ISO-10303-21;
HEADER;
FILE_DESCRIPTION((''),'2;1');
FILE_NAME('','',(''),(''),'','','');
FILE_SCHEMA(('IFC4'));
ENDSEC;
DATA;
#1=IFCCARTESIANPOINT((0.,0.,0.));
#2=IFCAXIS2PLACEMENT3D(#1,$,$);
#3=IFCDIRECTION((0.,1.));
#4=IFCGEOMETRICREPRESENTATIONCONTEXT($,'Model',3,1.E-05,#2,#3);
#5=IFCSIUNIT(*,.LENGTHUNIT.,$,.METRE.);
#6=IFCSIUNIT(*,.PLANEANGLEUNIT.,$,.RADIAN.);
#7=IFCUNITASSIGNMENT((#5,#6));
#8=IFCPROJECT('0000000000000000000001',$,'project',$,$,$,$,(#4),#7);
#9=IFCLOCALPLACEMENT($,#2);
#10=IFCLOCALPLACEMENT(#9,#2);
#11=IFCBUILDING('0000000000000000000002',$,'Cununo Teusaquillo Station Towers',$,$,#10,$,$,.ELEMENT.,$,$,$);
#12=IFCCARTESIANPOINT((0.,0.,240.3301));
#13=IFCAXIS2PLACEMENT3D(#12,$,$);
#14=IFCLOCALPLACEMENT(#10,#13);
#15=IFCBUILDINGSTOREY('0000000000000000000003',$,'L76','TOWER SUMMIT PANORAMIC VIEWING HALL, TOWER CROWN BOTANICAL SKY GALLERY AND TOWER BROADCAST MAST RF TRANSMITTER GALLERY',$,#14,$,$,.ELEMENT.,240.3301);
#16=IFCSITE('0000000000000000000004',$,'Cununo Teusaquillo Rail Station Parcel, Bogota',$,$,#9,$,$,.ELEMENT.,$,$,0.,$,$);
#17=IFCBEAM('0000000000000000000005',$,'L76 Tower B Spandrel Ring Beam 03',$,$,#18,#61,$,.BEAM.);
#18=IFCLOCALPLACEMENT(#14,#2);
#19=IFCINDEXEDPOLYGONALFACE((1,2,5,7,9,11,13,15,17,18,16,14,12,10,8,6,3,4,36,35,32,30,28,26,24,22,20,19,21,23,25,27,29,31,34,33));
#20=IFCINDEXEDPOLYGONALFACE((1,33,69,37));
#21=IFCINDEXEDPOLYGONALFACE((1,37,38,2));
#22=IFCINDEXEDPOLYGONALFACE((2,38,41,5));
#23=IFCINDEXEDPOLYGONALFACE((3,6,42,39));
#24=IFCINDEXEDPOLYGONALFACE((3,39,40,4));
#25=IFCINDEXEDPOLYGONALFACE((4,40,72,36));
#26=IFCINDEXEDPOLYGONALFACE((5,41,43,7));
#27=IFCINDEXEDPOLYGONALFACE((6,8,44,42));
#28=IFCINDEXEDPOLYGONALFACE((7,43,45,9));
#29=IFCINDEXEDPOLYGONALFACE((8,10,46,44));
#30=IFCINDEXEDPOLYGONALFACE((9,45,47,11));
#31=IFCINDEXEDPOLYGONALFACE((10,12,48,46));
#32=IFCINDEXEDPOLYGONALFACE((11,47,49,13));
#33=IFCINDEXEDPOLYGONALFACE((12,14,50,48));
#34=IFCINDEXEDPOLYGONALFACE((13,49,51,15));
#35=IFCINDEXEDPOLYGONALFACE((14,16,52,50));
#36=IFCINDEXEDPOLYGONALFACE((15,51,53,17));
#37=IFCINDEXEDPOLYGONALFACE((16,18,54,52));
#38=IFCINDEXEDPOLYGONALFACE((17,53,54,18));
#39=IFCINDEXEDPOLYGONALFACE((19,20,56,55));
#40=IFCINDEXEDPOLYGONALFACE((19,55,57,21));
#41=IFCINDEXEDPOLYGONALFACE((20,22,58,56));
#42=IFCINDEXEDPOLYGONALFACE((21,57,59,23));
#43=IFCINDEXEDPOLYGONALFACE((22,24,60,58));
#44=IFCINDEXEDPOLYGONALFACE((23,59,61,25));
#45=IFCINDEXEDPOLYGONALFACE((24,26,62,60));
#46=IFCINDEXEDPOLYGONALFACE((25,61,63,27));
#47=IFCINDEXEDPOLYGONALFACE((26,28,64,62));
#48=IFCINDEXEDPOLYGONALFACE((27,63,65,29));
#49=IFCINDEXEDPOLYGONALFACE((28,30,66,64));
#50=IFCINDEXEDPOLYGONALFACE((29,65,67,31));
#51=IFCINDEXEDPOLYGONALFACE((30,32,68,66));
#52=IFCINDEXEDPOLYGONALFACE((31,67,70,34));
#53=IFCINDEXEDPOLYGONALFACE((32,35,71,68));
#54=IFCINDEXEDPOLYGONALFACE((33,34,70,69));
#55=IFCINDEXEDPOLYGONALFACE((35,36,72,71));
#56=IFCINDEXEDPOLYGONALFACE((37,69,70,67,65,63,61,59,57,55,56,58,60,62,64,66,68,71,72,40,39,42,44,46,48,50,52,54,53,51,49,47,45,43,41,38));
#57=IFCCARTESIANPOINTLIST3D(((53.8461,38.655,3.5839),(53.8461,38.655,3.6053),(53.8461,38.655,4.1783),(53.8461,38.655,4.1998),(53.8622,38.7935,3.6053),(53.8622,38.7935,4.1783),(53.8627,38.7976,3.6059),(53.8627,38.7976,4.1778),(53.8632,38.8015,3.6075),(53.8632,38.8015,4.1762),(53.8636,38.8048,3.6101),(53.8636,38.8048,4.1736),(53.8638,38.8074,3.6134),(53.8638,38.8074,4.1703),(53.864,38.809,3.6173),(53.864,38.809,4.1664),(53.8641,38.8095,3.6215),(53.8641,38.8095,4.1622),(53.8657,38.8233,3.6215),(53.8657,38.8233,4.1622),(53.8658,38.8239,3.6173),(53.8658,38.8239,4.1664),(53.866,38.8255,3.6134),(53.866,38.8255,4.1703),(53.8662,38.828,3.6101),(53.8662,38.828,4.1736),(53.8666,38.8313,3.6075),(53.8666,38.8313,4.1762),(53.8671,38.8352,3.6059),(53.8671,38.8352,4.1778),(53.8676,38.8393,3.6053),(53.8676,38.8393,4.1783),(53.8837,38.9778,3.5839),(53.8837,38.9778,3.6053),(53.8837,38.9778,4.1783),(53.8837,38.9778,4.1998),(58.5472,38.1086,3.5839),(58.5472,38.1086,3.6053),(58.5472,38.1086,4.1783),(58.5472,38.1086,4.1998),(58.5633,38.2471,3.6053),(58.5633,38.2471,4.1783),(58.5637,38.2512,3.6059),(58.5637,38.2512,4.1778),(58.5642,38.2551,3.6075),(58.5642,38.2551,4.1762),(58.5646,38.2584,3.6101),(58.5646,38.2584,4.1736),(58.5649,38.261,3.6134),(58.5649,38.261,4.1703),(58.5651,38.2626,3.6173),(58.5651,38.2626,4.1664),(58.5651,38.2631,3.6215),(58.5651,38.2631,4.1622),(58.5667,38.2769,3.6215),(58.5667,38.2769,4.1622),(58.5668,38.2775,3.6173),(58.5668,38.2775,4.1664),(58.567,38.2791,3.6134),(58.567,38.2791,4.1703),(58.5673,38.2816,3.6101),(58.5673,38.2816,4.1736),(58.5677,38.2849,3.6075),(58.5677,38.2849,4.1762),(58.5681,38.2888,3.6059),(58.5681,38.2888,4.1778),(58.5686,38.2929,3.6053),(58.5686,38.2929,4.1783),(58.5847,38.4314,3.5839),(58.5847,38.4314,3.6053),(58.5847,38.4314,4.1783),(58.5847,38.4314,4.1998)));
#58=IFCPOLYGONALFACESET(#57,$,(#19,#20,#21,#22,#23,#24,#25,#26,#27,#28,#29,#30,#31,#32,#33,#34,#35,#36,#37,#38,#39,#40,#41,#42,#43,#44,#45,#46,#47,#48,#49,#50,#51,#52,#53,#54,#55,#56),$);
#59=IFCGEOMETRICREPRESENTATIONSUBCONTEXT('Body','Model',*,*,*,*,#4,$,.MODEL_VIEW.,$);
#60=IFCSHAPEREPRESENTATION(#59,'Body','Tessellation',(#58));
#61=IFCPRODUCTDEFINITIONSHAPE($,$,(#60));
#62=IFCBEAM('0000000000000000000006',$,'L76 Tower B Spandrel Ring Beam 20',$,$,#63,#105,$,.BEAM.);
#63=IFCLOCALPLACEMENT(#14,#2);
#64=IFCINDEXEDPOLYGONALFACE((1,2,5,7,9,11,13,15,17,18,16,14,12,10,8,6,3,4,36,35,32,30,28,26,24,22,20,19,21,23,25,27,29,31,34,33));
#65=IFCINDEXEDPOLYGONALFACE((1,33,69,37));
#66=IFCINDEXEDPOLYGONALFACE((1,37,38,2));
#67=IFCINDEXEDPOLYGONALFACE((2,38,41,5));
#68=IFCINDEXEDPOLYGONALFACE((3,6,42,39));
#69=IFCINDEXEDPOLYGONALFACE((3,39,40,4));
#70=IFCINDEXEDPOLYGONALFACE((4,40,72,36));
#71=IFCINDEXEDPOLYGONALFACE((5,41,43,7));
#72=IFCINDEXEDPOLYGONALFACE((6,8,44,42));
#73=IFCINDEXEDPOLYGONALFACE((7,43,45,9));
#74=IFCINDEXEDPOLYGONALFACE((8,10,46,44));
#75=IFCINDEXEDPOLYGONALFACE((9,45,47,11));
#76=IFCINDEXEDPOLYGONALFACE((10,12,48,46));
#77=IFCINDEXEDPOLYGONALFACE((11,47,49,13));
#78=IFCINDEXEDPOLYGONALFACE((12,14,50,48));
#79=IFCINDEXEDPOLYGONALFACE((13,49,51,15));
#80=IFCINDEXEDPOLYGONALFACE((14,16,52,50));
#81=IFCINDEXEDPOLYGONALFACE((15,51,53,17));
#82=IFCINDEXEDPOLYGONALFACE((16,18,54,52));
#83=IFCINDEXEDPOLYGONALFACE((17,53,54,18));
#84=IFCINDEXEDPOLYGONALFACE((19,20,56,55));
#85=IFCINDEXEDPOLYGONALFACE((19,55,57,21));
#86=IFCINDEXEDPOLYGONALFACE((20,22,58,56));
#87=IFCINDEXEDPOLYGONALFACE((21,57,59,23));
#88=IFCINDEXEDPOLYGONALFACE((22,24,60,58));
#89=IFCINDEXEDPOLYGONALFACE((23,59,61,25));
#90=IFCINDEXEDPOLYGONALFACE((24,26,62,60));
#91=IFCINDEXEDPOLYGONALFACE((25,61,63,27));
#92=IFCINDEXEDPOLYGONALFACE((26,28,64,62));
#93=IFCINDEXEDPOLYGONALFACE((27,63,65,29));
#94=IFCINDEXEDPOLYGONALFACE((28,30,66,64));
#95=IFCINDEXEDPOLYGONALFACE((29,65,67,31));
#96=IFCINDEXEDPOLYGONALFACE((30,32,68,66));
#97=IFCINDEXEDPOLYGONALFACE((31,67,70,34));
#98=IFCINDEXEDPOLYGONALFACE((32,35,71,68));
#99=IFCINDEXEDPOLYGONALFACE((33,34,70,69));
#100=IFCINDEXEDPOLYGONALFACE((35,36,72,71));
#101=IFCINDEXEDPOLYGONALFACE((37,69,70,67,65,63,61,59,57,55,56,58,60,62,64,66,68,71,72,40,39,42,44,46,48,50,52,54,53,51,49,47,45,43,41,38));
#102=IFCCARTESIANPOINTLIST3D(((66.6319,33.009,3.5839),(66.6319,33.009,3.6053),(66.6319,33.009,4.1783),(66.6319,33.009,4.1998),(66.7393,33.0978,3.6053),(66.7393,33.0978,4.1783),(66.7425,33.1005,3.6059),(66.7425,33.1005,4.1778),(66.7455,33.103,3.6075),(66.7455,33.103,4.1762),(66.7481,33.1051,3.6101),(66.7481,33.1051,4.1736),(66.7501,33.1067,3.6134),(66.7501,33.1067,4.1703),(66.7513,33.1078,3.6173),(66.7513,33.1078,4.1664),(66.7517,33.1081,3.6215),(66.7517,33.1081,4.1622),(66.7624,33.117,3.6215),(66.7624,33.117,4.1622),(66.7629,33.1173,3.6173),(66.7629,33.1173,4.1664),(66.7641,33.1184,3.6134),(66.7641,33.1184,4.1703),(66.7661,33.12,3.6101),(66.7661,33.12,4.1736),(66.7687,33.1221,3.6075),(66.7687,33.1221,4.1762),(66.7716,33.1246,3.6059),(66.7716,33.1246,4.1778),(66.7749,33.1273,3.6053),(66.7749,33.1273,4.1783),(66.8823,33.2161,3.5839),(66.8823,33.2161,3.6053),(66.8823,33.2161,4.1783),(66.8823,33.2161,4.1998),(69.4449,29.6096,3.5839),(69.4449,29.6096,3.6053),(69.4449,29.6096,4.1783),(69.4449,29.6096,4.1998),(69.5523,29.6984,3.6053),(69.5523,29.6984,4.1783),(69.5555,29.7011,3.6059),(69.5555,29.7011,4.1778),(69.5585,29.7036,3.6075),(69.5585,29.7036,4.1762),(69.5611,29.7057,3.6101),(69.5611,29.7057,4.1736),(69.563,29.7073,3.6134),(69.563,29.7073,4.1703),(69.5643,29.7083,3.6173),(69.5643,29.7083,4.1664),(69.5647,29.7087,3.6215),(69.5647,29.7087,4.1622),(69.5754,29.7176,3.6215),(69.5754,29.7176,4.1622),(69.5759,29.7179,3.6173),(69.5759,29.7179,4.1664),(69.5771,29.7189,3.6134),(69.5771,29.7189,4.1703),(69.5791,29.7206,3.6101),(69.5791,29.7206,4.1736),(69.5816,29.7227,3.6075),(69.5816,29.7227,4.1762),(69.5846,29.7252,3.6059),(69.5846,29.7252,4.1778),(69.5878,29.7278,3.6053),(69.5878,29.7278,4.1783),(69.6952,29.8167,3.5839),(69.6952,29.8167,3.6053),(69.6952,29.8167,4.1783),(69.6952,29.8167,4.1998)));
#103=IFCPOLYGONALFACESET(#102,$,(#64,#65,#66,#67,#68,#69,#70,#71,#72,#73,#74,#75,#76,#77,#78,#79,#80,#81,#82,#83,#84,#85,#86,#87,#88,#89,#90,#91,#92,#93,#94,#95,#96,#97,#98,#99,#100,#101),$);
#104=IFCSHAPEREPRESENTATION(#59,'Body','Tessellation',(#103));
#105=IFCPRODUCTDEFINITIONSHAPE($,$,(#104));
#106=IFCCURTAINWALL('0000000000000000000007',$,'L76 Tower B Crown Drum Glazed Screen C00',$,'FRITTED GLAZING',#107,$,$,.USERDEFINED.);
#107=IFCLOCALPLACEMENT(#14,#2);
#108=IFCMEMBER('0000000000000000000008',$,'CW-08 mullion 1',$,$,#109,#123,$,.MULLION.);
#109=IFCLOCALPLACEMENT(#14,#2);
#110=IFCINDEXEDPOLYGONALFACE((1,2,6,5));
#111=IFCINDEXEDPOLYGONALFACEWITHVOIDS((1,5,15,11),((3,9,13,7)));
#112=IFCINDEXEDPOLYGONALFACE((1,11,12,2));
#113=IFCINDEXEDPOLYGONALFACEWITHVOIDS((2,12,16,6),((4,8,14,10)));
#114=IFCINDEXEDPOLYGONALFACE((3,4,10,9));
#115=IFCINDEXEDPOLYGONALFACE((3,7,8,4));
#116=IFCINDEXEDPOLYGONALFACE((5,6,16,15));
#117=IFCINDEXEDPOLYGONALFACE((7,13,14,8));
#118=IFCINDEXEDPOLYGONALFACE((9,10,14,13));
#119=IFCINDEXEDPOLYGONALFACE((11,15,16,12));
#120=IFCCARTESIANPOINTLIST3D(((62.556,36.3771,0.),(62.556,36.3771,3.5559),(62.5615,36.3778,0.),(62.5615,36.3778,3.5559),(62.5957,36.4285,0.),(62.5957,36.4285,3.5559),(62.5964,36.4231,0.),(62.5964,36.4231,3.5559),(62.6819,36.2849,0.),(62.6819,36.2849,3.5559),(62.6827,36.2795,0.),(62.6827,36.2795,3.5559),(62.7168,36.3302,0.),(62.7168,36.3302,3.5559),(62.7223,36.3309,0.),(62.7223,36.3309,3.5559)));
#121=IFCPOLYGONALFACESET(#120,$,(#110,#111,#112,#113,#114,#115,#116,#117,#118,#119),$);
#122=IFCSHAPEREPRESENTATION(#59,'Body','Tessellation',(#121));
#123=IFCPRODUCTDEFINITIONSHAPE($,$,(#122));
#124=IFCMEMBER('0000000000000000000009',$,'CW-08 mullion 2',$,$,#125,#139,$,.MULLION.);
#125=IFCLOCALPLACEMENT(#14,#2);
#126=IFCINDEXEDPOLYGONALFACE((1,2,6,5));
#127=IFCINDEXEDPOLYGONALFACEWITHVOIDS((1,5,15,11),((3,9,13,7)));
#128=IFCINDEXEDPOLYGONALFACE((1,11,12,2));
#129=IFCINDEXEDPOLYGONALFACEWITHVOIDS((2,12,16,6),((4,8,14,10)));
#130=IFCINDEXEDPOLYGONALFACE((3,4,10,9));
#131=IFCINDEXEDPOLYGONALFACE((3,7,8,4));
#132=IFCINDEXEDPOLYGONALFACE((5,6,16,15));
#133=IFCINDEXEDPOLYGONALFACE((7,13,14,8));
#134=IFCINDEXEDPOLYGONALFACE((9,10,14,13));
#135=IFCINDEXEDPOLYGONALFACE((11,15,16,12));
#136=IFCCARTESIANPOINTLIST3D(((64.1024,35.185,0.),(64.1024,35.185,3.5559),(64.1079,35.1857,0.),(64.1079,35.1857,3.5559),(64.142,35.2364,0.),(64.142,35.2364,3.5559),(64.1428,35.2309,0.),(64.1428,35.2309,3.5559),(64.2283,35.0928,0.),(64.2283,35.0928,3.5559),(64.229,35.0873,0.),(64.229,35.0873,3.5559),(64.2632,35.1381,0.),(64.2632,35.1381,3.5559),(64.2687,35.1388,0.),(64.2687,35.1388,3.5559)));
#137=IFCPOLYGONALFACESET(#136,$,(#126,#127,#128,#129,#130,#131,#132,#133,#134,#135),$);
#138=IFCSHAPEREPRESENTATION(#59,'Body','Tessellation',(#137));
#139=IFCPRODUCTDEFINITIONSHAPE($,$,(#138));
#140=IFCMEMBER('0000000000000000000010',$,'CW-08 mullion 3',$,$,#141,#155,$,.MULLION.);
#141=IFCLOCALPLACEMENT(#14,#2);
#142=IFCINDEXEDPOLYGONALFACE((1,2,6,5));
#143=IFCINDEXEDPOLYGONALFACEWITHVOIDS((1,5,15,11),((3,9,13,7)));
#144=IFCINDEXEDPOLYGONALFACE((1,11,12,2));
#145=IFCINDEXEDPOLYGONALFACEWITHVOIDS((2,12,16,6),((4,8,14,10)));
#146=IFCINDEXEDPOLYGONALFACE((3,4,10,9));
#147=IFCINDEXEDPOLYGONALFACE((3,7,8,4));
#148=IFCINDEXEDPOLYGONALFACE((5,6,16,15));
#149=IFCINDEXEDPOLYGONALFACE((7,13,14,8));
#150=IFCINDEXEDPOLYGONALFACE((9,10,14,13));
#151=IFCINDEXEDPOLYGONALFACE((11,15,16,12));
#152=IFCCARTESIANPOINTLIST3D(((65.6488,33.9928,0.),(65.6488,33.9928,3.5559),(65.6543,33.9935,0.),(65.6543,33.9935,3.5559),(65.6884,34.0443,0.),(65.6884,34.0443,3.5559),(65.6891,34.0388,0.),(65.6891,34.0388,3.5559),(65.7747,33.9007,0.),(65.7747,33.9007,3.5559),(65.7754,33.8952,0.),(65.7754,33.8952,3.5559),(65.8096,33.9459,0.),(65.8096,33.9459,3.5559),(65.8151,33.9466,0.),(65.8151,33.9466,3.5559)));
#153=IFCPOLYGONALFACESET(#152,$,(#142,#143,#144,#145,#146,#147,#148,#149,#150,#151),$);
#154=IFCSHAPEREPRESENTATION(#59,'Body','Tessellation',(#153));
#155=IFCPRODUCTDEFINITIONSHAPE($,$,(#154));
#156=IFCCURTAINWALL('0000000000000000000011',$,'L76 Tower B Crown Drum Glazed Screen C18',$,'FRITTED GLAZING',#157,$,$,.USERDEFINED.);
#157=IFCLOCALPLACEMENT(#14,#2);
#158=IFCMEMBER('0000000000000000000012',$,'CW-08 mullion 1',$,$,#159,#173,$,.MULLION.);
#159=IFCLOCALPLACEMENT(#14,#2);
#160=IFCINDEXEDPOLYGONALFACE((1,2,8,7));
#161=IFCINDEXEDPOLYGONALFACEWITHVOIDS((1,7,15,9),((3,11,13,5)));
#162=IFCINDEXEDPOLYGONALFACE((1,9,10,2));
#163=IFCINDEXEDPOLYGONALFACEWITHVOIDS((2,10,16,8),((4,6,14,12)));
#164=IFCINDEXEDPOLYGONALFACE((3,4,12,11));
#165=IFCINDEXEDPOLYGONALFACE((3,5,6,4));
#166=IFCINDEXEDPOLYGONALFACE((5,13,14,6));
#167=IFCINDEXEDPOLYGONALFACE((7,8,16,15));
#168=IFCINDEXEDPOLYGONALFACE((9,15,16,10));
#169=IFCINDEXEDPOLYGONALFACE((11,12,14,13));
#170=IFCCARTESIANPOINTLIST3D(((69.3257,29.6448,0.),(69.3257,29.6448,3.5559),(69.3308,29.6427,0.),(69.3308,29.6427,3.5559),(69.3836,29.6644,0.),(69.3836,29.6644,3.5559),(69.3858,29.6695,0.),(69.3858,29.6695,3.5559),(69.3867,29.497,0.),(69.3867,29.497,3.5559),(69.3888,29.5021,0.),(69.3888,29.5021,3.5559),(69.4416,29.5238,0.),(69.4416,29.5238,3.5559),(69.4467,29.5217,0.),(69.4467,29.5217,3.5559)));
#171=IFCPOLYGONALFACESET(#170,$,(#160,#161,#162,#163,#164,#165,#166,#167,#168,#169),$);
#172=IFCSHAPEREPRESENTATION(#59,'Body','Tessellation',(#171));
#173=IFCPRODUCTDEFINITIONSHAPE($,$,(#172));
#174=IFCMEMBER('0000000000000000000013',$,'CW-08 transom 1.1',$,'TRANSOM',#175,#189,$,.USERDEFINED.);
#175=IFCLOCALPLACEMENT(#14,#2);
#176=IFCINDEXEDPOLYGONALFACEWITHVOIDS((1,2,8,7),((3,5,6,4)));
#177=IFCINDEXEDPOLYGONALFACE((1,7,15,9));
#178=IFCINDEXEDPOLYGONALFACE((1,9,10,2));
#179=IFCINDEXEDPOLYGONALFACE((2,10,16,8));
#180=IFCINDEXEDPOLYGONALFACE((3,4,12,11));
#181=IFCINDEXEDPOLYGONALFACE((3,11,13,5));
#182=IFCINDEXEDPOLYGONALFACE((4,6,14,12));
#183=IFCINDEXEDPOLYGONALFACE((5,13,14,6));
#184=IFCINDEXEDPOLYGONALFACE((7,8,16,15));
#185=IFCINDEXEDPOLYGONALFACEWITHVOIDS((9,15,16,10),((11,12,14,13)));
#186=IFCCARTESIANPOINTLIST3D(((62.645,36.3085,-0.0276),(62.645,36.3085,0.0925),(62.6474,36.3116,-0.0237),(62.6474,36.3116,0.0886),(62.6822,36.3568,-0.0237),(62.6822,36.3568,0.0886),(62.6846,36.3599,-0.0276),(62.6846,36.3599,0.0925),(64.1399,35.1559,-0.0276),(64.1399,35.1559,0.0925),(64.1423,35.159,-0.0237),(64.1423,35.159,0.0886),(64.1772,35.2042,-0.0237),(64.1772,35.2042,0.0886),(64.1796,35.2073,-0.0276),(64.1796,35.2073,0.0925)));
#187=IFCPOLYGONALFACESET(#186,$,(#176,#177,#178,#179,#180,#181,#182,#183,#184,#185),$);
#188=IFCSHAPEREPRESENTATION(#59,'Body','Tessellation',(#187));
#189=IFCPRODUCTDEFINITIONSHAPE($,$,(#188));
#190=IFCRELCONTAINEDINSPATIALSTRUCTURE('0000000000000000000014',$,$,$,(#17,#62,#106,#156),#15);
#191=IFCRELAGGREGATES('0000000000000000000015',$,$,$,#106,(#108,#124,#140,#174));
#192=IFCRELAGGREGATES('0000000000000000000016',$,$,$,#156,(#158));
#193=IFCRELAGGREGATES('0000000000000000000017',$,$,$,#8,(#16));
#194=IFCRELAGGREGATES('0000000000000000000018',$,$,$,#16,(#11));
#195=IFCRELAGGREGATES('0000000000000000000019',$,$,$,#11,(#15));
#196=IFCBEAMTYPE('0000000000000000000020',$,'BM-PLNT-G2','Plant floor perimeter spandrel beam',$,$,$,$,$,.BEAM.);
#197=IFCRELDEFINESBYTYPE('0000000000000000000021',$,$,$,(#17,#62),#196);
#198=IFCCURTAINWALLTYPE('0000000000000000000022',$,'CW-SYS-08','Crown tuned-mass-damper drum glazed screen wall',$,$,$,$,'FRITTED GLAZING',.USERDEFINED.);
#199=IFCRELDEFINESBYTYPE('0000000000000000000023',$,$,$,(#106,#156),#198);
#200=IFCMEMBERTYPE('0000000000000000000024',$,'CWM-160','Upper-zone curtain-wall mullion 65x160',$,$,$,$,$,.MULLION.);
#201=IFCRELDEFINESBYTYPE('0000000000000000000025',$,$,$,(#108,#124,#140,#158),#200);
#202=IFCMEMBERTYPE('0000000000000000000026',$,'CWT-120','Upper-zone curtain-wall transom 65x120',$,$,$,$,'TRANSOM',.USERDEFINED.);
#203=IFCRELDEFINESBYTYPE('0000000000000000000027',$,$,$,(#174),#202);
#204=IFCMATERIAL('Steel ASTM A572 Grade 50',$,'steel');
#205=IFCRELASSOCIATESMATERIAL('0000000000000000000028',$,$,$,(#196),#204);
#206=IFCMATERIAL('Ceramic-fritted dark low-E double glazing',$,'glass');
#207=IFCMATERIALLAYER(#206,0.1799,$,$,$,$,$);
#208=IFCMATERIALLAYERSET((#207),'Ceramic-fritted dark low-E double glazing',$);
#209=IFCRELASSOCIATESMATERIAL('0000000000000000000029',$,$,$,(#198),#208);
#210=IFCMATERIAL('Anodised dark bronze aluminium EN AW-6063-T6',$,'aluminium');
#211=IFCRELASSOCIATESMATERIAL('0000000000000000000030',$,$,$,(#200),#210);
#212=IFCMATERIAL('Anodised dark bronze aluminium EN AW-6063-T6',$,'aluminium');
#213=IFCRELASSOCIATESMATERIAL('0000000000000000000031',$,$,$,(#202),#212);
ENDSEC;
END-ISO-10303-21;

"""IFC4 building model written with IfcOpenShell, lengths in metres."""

from ifc_helpers import new_model, si_unit, direction, frame, origin, origin_2d, place, context, subcontext, project, spatial, hollow_rectangle, i_section, extrude, material, layer, layer_set, material_profile, profile_set, type_object, element, aggregate, save


model = new_model("IFC4")

# Units and contexts
model_context = context("Model", 3, precision=1e-05, world=origin(), true_north=direction((0.0, 1.0)))
body_context = subcontext(model_context, "Body", "Model", "MODEL_VIEW")
ifc_project = project(units=[si_unit("LENGTHUNIT", "METRE"), si_unit("PLANEANGLEUNIT", "RADIAN")], contexts=[model_context])

# Site, building, storey
site_placement = place(None, origin())
site = spatial("IfcSite", under=ifc_project, at=site_placement, Name="Cununo Teusaquillo Rail Station Parcel, Bogota", CompositionType="ELEMENT", RefElevation=0.0)
building_placement = place(site_placement, origin())
building = spatial("IfcBuilding", under=site, at=building_placement, Name="Cununo Teusaquillo Station Towers", CompositionType="ELEMENT")
storey_placement = place(building_placement, frame((0.0, 0.0, 240.3301)))
storey = spatial("IfcBuildingStorey", under=building, at=storey_placement, Name="L76", Description="TOWER SUMMIT PANORAMIC VIEWING HALL, TOWER CROWN BOTANICAL SKY GALLERY AND TOWER BROADCAST MAST RF TRANSMITTER GALLERY", CompositionType="ELEMENT", Elevation=240.3301)

# Beams
ifc_material_1 = material(Name="Steel ASTM A572 Grade 50", Category="steel")
ifc_material_profile_1 = material_profile(ifc_material_1, i_section(OverallWidth=0.325, OverallDepth=0.616, WebThickness=0.0139, FlangeThickness=0.0215, FilletRadius=0.0161, at=origin_2d()), Name="W24X117")
ifc_profile_set_1 = profile_set([ifc_material_profile_1], Name="Steel ASTM A572 Grade 50")
beam_type = type_object("IfcBeamType", Name="BM-PLNT-G2", Description="Plant floor perimeter spandrel beam", PredefinedType="BEAM", material=ifc_profile_set_1)
beam_1_placement = place(storey_placement, frame((58.5659, 38.27, 3.8918), z_axis=(-0.993313, 0.115452, 0.0), x_axis=(-0.115452, -0.993313, 0.0)))
element("IfcBeam", 1, at=beam_1_placement, inside=storey, type_object=beam_type, Name="L76 Tower B Spandrel Ring Beam 03", PredefinedType="BEAM", context=body_context, shape_type="SweptSolid", body=[
    extrude(i_section(OverallWidth=0.325, OverallDepth=0.616, WebThickness=0.0139, FlangeThickness=0.0215, FilletRadius=0.0161, at=origin_2d()), origin(), (0.0, 0.0, 1.0), 4.7327),
])
beam_2_placement = place(storey_placement, frame((69.5701, 29.7131, 3.8918), z_axis=(-0.637525, 0.77043, 0.0), x_axis=(-0.77043, -0.637525, 0.0)))
element("IfcBeam", 2, at=beam_2_placement, inside=storey, type_object=beam_type, Name="L76 Tower B Spandrel Ring Beam 20", PredefinedType="BEAM", context=body_context, shape_type="SweptSolid", body=[
    extrude(i_section(OverallWidth=0.325, OverallDepth=0.616, WebThickness=0.0139, FlangeThickness=0.0215, FilletRadius=0.0161, at=origin_2d()), origin(), (0.0, 0.0, 1.0), 4.4124),
])

# Curtain wall, members
ifc_material_2 = material(Name="Ceramic-fritted dark low-E double glazing", Category="glass")
ifc_layer_1 = layer(ifc_material_2, 0.1799)
ifc_layer_set_1 = layer_set([ifc_layer_1], Name="Ceramic-fritted dark low-E double glazing")
curtain_wall_type = type_object("IfcCurtainWallType", Name="CW-SYS-08", Description="Crown tuned-mass-damper drum glazed screen wall", ElementType="FRITTED GLAZING", PredefinedType="USERDEFINED", material=ifc_layer_set_1)
curtain_wall_1_placement = place(storey_placement, origin())
curtain_wall_1 = element("IfcCurtainWall", 3, at=curtain_wall_1_placement, inside=storey, type_object=curtain_wall_type, Name="L76 Tower B Crown Drum Glazed Screen C00", ObjectType="FRITTED GLAZING", PredefinedType="USERDEFINED")
ifc_material_3 = material(Name="Anodised dark bronze aluminium EN AW-6063-T6", Category="aluminium")
ifc_material_profile_2 = material_profile(ifc_material_3, hollow_rectangle(XDim=0.0649, YDim=0.1599, WallThickness=0.0039, at=origin_2d()), Name="CW-MULL-65x160")
ifc_profile_set_2 = profile_set([ifc_material_profile_2], Name="Anodised dark bronze aluminium EN AW-6063-T6")
member_type_1 = type_object("IfcMemberType", Name="CWM-160", Description="Upper-zone curtain-wall mullion 65x160", PredefinedType="MULLION", material=ifc_profile_set_2)
member_1_placement = place(storey_placement, frame((62.6392, 36.354, 0.0), z_axis=(0.0, 0.0, 1.0), x_axis=(0.610566, 0.791965, 0.0)))
member_1 = element("IfcMember", 4, at=member_1_placement, type_object=member_type_1, Name="CW-08 mullion 1", PredefinedType="MULLION", context=body_context, shape_type="SweptSolid", body=[
    extrude(hollow_rectangle(XDim=0.0649, YDim=0.1599, WallThickness=0.0039, at=origin_2d()), origin(), (0.0, 0.0, 1.0), 3.5559),
])
member_2_placement = place(storey_placement, frame((64.1855, 35.1619, 0.0), z_axis=(0.0, 0.0, 1.0), x_axis=(0.610566, 0.791965, 0.0)))
member_2 = element("IfcMember", 5, at=member_2_placement, type_object=member_type_1, Name="CW-08 mullion 2", PredefinedType="MULLION", context=body_context, shape_type="SweptSolid", body=[
    extrude(hollow_rectangle(XDim=0.0649, YDim=0.1599, WallThickness=0.0039, at=origin_2d()), origin(), (0.0, 0.0, 1.0), 3.5559),
])
member_3_placement = place(storey_placement, frame((65.7319, 33.9697, 0.0), z_axis=(0.0, 0.0, 1.0), x_axis=(0.610566, 0.791965, 0.0)))
member_3 = element("IfcMember", 6, at=member_3_placement, type_object=member_type_1, Name="CW-08 mullion 3", PredefinedType="MULLION", context=body_context, shape_type="SweptSolid", body=[
    extrude(hollow_rectangle(XDim=0.0649, YDim=0.1599, WallThickness=0.0039, at=origin_2d()), origin(), (0.0, 0.0, 1.0), 3.5559),
])

# Curtain wall, member
curtain_wall_2_placement = place(storey_placement, origin())
curtain_wall_2 = element("IfcCurtainWall", 7, at=curtain_wall_2_placement, inside=storey, type_object=curtain_wall_type, Name="L76 Tower B Crown Drum Glazed Screen C18", ObjectType="FRITTED GLAZING", PredefinedType="USERDEFINED")
member_4_placement = place(storey_placement, frame((69.3862, 29.5833, 0.0), z_axis=(0.0, 0.0, 1.0), x_axis=(0.924447, 0.381311, 0.0)))
member_4 = element("IfcMember", 8, at=member_4_placement, type_object=member_type_1, Name="CW-08 mullion 1", PredefinedType="MULLION", context=body_context, shape_type="SweptSolid", body=[
    extrude(hollow_rectangle(XDim=0.0649, YDim=0.1599, WallThickness=0.0039, at=origin_2d()), origin(), (0.0, 0.0, 1.0), 3.5559),
])

# Member
ifc_material_4 = material(Name="Anodised dark bronze aluminium EN AW-6063-T6", Category="aluminium")
ifc_material_profile_3 = material_profile(ifc_material_4, hollow_rectangle(XDim=0.0649, YDim=0.1201, WallThickness=0.0039, at=origin_2d()), Name="CW-TRAN-65x120")
ifc_profile_set_3 = profile_set([ifc_material_profile_3], Name="Anodised dark bronze aluminium EN AW-6063-T6")
member_type_2 = type_object("IfcMemberType", Name="CWT-120", Description="Upper-zone curtain-wall transom 65x120", ElementType="TRANSOM", PredefinedType="USERDEFINED", material=ifc_profile_set_3)
member_5_placement = place(storey_placement, frame((62.6648, 36.3342, 0.0325), z_axis=(0.791936, -0.610604, 0.0), x_axis=(0.610604, 0.791936, 0.0)))
member_5 = element("IfcMember", 9, at=member_5_placement, type_object=member_type_2, Name="CW-08 transom 1.1", ObjectType="TRANSOM", PredefinedType="USERDEFINED", context=body_context, shape_type="SweptSolid", body=[
    extrude(hollow_rectangle(XDim=0.0649, YDim=0.1201, WallThickness=0.0039, at=origin_2d()), origin(), (0.0, 0.0, 1.0), 1.8877),
])

aggregate(curtain_wall_1, [member_1, member_2, member_3, member_5])
aggregate(curtain_wall_2, [member_4])

save(model, "model.ifc")
